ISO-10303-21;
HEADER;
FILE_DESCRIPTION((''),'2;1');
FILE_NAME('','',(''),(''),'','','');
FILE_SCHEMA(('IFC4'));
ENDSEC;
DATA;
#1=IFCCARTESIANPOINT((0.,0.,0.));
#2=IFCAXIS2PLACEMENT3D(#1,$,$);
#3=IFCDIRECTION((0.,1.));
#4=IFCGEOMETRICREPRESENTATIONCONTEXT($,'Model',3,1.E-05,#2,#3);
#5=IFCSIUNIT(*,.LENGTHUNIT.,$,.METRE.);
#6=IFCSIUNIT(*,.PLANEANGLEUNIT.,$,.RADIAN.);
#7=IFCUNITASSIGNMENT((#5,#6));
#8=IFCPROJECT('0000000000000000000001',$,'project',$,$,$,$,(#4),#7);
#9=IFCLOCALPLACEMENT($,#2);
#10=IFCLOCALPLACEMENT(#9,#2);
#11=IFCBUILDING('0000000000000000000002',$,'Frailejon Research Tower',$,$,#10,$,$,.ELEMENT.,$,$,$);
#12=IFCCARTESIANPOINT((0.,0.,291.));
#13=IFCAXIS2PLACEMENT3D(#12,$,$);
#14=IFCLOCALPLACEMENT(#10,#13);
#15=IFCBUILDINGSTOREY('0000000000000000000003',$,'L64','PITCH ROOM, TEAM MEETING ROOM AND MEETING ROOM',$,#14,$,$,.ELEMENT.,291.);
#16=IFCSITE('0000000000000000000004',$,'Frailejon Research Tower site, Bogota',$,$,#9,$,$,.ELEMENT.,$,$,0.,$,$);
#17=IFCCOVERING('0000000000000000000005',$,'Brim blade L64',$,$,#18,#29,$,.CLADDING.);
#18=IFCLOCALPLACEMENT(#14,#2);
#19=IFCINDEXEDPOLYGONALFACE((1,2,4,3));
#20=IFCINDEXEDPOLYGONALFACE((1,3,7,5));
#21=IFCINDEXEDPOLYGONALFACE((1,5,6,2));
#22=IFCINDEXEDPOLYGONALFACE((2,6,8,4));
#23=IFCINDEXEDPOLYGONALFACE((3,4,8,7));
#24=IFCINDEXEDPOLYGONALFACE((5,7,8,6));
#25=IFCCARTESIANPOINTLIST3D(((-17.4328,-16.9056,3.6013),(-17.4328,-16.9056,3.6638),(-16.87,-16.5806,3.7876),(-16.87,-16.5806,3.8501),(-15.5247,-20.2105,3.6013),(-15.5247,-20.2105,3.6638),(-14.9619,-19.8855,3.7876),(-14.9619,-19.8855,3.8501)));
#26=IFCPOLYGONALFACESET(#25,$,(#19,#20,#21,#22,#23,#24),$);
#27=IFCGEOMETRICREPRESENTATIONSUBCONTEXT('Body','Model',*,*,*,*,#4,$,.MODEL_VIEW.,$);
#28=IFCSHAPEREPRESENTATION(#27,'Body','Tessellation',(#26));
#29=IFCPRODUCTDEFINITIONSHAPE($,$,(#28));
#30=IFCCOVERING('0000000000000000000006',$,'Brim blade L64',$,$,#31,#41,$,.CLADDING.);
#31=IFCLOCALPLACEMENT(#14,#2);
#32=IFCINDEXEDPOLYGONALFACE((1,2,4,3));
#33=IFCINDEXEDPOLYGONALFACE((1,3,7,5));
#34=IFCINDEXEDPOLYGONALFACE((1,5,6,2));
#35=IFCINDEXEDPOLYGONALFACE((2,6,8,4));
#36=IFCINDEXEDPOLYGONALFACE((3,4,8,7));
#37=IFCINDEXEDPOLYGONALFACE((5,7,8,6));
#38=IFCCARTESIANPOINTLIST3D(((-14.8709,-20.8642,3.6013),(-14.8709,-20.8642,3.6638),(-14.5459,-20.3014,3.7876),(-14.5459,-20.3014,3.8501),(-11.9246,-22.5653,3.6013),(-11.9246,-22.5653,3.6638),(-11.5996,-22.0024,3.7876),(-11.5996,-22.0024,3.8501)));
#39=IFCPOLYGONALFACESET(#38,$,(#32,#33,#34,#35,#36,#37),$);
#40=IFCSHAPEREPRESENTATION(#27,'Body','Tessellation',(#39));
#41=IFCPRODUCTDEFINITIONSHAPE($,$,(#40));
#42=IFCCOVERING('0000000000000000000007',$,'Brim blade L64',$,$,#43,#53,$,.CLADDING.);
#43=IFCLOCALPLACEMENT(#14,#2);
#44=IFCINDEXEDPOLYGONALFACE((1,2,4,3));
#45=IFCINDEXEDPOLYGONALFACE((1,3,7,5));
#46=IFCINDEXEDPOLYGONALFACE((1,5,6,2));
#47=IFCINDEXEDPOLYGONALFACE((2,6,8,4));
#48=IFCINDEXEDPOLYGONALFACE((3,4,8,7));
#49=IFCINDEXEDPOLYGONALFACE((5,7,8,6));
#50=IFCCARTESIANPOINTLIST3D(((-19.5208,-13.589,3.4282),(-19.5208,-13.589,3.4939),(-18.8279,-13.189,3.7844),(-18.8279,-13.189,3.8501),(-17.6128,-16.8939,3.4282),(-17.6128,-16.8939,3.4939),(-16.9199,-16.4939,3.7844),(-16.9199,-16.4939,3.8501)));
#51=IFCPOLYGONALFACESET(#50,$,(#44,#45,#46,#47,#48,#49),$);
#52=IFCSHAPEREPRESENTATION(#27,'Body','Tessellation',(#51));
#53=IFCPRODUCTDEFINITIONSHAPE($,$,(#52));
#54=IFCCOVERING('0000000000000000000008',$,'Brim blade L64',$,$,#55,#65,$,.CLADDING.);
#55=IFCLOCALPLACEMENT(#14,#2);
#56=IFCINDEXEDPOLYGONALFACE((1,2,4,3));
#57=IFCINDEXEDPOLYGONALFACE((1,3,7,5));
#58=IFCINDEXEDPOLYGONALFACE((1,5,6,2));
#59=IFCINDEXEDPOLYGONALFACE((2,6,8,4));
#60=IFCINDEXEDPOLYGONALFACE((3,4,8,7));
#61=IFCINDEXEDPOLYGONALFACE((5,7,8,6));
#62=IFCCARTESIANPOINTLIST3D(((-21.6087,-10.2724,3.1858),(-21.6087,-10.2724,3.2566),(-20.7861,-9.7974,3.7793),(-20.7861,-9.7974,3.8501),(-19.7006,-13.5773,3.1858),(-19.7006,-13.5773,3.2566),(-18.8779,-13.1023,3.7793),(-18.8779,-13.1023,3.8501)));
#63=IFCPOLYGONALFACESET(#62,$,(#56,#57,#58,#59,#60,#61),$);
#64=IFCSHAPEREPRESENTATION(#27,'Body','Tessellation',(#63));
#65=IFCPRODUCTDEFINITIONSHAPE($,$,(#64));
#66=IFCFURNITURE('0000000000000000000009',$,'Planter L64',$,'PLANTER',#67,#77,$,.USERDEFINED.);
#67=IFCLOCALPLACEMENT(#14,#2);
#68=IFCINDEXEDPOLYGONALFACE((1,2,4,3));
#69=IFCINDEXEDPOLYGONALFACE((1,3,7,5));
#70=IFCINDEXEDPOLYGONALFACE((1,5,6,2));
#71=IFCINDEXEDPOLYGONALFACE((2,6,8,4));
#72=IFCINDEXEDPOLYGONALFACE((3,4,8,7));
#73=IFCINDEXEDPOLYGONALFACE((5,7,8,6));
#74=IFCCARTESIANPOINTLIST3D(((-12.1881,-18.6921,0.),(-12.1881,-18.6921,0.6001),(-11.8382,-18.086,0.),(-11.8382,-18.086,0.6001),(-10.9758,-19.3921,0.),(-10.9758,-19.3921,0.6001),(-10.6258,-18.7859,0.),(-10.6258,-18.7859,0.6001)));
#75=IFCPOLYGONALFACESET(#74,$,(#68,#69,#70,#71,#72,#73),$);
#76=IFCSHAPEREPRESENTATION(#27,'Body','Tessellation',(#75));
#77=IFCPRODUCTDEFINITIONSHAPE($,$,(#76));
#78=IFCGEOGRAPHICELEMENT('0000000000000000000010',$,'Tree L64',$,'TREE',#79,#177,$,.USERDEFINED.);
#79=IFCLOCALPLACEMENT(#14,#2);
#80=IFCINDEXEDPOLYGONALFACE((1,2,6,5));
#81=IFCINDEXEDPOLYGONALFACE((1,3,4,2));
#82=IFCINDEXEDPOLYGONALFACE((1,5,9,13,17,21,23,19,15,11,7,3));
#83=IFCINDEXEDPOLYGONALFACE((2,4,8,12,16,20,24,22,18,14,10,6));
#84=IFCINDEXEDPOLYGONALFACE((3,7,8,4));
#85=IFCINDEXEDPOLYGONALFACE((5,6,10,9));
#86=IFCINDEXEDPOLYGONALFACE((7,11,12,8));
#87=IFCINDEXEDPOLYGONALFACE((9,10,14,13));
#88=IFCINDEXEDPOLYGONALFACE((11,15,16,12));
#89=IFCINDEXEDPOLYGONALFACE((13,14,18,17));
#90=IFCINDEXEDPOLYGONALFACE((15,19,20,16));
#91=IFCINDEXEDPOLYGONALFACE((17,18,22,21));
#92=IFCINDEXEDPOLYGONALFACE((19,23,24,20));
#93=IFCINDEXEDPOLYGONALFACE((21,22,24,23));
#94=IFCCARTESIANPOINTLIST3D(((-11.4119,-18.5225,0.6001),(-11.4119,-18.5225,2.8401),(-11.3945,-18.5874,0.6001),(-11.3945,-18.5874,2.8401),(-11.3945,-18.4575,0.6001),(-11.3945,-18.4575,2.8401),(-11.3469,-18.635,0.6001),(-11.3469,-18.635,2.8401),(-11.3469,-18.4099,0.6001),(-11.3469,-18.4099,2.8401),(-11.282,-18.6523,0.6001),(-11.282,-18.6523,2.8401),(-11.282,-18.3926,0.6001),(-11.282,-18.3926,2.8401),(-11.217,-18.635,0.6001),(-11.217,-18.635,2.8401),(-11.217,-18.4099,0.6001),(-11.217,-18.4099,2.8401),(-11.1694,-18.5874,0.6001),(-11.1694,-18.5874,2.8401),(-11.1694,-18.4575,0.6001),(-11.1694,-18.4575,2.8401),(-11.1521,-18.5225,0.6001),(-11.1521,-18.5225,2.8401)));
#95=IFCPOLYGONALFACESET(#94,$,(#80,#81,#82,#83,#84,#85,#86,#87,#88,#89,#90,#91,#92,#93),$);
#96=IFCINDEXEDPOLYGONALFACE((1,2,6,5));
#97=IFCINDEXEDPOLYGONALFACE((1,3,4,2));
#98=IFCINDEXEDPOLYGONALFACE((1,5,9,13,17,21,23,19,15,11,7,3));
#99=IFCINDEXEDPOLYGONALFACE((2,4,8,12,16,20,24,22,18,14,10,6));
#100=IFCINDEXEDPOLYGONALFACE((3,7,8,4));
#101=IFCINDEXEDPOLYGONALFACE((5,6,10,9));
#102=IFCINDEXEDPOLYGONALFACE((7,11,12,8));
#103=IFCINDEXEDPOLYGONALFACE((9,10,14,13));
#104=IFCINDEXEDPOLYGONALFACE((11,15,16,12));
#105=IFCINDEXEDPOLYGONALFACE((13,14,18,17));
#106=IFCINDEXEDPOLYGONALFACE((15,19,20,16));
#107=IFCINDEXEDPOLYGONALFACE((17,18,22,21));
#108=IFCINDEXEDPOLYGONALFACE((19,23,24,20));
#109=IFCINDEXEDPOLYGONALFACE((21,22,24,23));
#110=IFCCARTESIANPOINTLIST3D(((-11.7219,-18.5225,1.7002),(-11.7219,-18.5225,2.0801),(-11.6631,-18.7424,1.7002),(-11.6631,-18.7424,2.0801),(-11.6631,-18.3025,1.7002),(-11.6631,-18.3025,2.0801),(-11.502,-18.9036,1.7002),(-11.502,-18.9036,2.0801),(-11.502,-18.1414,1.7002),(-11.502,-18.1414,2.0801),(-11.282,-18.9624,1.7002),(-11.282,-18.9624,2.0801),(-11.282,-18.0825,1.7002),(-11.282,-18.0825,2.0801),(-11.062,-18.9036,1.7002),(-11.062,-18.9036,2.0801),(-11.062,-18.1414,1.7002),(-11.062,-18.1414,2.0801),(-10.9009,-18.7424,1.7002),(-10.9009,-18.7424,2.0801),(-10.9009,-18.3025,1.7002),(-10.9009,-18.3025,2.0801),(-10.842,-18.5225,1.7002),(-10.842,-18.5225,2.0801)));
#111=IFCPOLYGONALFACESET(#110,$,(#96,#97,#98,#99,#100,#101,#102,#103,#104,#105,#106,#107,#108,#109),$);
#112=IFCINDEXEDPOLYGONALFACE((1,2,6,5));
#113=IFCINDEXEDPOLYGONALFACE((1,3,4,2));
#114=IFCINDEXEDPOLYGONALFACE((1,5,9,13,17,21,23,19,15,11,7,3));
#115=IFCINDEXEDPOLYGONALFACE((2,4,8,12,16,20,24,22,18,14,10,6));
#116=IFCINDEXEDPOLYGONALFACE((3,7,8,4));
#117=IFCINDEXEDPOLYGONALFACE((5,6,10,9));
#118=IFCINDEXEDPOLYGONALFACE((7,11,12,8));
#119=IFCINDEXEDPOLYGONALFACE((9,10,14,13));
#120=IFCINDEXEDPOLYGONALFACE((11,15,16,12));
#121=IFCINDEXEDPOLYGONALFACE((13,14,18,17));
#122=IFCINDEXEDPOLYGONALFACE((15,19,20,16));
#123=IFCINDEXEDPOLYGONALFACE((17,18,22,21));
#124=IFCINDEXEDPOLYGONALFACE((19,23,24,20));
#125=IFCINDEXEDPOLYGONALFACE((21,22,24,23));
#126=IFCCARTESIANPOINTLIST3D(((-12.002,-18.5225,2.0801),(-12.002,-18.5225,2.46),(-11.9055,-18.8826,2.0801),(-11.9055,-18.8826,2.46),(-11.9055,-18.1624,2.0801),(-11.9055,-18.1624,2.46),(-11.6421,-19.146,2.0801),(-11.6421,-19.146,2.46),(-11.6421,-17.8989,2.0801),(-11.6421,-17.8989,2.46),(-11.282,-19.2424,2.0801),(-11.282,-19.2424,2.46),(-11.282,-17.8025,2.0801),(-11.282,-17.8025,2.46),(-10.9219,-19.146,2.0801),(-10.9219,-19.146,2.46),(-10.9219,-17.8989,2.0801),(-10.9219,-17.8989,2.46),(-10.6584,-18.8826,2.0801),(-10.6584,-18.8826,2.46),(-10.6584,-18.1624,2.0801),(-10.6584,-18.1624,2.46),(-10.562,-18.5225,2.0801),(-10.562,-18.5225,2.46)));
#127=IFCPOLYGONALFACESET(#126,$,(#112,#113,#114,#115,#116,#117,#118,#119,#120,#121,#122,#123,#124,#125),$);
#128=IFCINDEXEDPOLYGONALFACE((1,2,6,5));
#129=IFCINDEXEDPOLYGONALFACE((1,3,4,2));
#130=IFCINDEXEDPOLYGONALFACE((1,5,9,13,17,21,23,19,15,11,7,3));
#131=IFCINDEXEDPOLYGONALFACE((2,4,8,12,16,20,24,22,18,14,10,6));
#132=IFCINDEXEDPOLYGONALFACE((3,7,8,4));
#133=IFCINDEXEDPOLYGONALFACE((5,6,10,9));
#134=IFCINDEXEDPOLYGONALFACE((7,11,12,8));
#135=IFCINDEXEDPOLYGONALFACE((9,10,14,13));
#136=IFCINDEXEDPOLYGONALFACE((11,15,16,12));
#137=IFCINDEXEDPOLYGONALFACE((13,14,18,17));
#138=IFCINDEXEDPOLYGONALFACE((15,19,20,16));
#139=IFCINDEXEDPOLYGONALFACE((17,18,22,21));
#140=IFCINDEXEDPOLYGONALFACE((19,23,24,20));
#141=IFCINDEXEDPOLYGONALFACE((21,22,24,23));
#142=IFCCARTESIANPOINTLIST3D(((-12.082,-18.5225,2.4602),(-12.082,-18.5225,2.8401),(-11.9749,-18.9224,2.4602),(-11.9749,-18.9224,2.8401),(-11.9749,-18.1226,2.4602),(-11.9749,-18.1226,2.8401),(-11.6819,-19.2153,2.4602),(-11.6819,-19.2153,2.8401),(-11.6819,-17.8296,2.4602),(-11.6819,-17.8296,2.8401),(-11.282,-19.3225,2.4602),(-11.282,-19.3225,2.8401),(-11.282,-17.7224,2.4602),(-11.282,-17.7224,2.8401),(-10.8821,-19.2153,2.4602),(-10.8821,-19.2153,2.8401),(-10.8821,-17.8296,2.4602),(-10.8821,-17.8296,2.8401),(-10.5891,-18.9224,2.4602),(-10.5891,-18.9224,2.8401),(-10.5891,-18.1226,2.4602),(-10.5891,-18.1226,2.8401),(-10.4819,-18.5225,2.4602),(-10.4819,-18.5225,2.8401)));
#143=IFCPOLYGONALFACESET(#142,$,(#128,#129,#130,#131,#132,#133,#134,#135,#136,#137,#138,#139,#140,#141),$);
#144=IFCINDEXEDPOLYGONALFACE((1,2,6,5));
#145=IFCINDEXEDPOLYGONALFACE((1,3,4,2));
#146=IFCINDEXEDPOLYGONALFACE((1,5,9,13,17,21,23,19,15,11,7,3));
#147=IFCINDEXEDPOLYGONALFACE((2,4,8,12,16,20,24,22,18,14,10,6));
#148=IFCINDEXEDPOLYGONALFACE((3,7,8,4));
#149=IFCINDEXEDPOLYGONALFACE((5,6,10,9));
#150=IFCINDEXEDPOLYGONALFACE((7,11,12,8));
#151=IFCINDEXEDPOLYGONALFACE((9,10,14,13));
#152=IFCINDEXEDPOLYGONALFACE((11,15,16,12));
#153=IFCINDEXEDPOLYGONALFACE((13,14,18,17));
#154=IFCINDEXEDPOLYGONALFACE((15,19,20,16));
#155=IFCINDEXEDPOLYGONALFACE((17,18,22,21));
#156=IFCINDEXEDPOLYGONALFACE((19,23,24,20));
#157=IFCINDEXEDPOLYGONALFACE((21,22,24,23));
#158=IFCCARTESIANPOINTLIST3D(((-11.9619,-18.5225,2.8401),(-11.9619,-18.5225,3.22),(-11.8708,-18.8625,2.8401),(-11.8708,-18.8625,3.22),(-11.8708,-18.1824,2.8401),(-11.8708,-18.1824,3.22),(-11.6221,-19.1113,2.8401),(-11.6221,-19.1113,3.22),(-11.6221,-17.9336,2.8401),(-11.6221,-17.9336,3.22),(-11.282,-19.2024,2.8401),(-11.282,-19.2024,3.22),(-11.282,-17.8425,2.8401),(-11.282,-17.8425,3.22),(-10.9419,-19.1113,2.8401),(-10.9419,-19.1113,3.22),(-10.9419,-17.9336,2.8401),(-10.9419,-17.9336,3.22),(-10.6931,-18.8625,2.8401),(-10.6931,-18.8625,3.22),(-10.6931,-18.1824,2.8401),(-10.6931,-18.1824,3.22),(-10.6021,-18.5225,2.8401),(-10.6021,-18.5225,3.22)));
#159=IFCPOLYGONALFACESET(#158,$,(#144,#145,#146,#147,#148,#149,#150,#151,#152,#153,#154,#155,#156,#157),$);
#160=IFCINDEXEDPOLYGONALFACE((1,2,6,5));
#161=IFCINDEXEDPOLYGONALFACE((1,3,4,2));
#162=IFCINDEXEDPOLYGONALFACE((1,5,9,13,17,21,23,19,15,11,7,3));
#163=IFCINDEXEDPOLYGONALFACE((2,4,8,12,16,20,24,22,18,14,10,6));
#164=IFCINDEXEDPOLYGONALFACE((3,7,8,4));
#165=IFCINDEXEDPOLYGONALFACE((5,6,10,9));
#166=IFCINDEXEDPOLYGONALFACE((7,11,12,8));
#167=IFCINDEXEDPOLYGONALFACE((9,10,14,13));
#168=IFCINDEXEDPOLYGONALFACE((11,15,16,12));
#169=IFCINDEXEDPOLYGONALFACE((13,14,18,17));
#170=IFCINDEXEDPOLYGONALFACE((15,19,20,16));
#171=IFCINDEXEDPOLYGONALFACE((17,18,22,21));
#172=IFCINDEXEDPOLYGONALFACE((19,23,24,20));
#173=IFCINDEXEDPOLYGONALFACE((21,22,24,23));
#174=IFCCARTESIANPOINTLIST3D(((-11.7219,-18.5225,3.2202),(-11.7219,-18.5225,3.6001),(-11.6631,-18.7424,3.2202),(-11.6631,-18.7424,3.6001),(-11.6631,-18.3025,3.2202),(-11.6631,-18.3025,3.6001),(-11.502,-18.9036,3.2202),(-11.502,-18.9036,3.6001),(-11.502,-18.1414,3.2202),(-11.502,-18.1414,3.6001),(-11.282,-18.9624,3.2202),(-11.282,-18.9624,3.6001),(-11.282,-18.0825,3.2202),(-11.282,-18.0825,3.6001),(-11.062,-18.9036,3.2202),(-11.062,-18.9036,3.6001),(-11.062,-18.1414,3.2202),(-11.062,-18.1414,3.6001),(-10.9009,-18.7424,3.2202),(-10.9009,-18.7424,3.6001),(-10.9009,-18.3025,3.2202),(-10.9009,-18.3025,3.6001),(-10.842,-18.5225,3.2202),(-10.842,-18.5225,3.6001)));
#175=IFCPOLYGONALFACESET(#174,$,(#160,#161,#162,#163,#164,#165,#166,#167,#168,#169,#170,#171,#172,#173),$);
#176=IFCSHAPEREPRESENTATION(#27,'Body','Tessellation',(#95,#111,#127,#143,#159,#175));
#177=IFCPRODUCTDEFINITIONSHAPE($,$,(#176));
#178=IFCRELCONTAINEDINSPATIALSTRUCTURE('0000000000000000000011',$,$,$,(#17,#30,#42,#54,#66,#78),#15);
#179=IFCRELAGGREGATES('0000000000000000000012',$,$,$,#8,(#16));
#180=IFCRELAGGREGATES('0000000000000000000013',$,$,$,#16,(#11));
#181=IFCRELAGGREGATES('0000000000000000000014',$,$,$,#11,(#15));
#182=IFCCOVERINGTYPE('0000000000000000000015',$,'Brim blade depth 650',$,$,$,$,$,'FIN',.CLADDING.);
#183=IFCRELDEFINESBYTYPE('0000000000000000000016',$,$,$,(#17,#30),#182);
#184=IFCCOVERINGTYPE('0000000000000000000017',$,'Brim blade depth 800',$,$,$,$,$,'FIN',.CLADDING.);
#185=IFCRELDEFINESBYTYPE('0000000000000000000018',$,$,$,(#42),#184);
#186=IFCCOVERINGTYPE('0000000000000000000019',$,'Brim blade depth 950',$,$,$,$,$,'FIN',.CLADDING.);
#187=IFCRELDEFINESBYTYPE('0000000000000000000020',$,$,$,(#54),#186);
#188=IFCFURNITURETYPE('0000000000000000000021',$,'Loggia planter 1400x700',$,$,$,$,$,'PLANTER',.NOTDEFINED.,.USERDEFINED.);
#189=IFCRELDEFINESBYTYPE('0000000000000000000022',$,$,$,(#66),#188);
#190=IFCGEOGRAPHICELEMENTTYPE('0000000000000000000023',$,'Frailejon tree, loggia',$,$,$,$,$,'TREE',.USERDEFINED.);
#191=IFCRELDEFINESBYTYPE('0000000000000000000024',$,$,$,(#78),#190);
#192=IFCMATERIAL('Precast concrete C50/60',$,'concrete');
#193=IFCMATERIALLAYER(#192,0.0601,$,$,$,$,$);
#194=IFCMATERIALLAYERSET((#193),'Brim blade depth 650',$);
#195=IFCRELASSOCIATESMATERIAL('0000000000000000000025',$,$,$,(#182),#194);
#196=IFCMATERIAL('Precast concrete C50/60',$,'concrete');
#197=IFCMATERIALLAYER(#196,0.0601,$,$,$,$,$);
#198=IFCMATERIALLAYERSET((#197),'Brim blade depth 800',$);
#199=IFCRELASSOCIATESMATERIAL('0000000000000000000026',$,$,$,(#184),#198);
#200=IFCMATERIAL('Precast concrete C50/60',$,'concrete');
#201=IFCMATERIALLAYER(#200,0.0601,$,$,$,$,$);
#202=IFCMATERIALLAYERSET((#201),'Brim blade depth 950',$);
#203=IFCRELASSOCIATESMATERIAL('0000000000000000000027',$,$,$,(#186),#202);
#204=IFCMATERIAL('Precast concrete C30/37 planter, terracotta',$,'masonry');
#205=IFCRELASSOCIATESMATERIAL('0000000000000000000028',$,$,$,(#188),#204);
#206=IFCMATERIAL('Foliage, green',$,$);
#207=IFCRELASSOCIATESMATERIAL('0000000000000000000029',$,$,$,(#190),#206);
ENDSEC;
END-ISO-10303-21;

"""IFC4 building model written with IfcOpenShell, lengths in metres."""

from ifc_helpers import new_model, si_unit, direction, frame, origin, origin_2d, place, context, subcontext, project, spatial, polyline, rectangle, outline, extrude, material, layer, layer_set, type_object, element, save


model = new_model("IFC4")

# Units and contexts
model_context = context("Model", 3, precision=1e-05, world=origin(), true_north=direction((0.0, 1.0)))
body_context = subcontext(model_context, "Body", "Model", "MODEL_VIEW")
ifc_project = project(units=[si_unit("LENGTHUNIT", "METRE"), si_unit("PLANEANGLEUNIT", "RADIAN")], contexts=[model_context])

# Site, building, storey
site_placement = place(None, origin())
site = spatial("IfcSite", under=ifc_project, at=site_placement, Name="Frailejon Research Tower site, Bogota", CompositionType="ELEMENT", RefElevation=0.0)
building_placement = place(site_placement, origin())
building = spatial("IfcBuilding", under=site, at=building_placement, Name="Frailejon Research Tower", CompositionType="ELEMENT")
storey_placement = place(building_placement, frame((0.0, 0.0, 291.0)))
storey = spatial("IfcBuildingStorey", under=building, at=storey_placement, Name="L64", Description="PITCH ROOM, TEAM MEETING ROOM AND MEETING ROOM", CompositionType="ELEMENT", Elevation=291.0)

# Coverings
ifc_material_1 = material(Name="Precast concrete C50/60", Category="concrete")
ifc_layer_1 = layer(ifc_material_1, 0.0601)
ifc_layer_set_1 = layer_set([ifc_layer_1], Name="Brim blade depth 650")
covering_type_1 = type_object("IfcCoveringType", Name="Brim blade depth 650", ElementType="FIN", PredefinedType="CLADDING", material=ifc_layer_set_1)
covering_1_placement = place(storey_placement, frame((-14.9619, -19.8855, 3.8501), z_axis=(-0.500003, 0.866024, 0.0), x_axis=(-0.866024, -0.500003, 0.0)))
element("IfcCovering", 1, at=covering_1_placement, inside=storey, type_object=covering_type_1, Name="Brim blade L64", PredefinedType="CLADDING", context=body_context, shape_type="SweptSolid", body=[
    extrude(outline(polyline([(0.0, -0.0625), (0.6499, -0.2488), (0.6499, -0.1863), (0.0, 0.0), (0.0, -0.0625)])), origin(), (0.0, 0.0, 1.0), 3.8162),
])
covering_2_placement = place(storey_placement, frame((-11.5996, -22.0024, 3.8501), z_axis=(-0.866024, 0.500003, 0.0), x_axis=(-0.500003, -0.866024, 0.0)))
element("IfcCovering", 2, at=covering_2_placement, inside=storey, type_object=covering_type_1, Name="Brim blade L64", PredefinedType="CLADDING", context=body_context, shape_type="SweptSolid", body=[
    extrude(outline(polyline([(0.0, -0.0625), (0.6499, -0.2488), (0.6499, -0.1863), (0.0, 0.0), (0.0, -0.0625)])), origin(), (0.0, 0.0, 1.0), 3.4021),
])
ifc_material_2 = material(Name="Precast concrete C50/60", Category="concrete")
ifc_layer_2 = layer(ifc_material_2, 0.0601)
ifc_layer_set_2 = layer_set([ifc_layer_2], Name="Brim blade depth 800")
covering_type_2 = type_object("IfcCoveringType", Name="Brim blade depth 800", ElementType="FIN", PredefinedType="CLADDING", material=ifc_layer_set_2)
covering_3_placement = place(storey_placement, frame((-16.9199, -16.4939, 3.8501), z_axis=(-0.499984, 0.866035, 0.0), x_axis=(-0.866035, -0.499984, 0.0)))
element("IfcCovering", 3, at=covering_3_placement, inside=storey, type_object=covering_type_2, Name="Brim blade L64", PredefinedType="CLADDING", context=body_context, shape_type="SweptSolid", body=[
    extrude(outline(polyline([(0.0, -0.0657), (0.8, -0.4219), (0.8, -0.3562), (0.0, 0.0), (0.0, -0.0657)])), origin(), (0.0, 0.0, 1.0), 3.8162),
])
ifc_material_3 = material(Name="Precast concrete C50/60", Category="concrete")
ifc_layer_3 = layer(ifc_material_3, 0.0601)
ifc_layer_set_3 = layer_set([ifc_layer_3], Name="Brim blade depth 950")
covering_type_3 = type_object("IfcCoveringType", Name="Brim blade depth 950", ElementType="FIN", PredefinedType="CLADDING", material=ifc_layer_set_3)
covering_4_placement = place(storey_placement, frame((-18.8779, -13.1023, 3.8501), z_axis=(-0.500014, 0.866017, 0.0), x_axis=(-0.866017, -0.500014, 0.0)))
element("IfcCovering", 4, at=covering_4_placement, inside=storey, type_object=covering_type_3, Name="Brim blade L64", PredefinedType="CLADDING", context=body_context, shape_type="SweptSolid", body=[
    extrude(outline(polyline([(0.0, -0.0708), (0.95, -0.6643), (0.95, -0.5935), (0.0, 0.0), (0.0, -0.0708)])), origin(), (0.0, 0.0, 1.0), 3.8162),
])

# Furniture
ifc_material_4 = material(Name="Precast concrete C30/37 planter, terracotta", Category="masonry")
furniture_type = type_object("IfcFurnitureType", Name="Loggia planter 1400x700", ElementType="PLANTER", AssemblyPlace="NOTDEFINED", PredefinedType="USERDEFINED", material=ifc_material_4)
furniture_placement = place(storey_placement, frame((-11.407, -18.739, 0.0), z_axis=(0.0, 0.0, 1.0), x_axis=(0.866025, -0.5, 0.0)))
element("IfcFurniture", 5, at=furniture_placement, inside=storey, type_object=furniture_type, Name="Planter L64", ObjectType="PLANTER", PredefinedType="USERDEFINED", context=body_context, shape_type="SweptSolid", body=[
    extrude(rectangle(XDim=1.3999, YDim=0.7, at=origin_2d()), origin(), (0.0, 0.0, 1.0), 0.6001),
])

# Geographic element
ifc_material_5 = material(Name="Foliage, green")
geographic_element_type = type_object("IfcGeographicElementType", Name="Frailejon tree, loggia", ElementType="TREE", PredefinedType="USERDEFINED", material=ifc_material_5)
geographic_element_placement = place(storey_placement, frame((-11.282, -18.5225, 0.6001)))
element("IfcGeographicElement", 6, at=geographic_element_placement, inside=storey, type_object=geographic_element_type, Name="Tree L64", ObjectType="TREE", PredefinedType="USERDEFINED", context=body_context, shape_type="SweptSolid", body=[
    extrude(outline(polyline([(0.1299, 0.0), (0.1125, 0.0649), (0.0649, 0.1125), (0.0, 0.1299), (-0.0649, 0.1125), (-0.1125, 0.0649), (-0.1299, 0.0), (-0.1125, -0.0649), (-0.0649, -0.1125), (0.0, -0.1299), (0.0649, -0.1125), (0.1125, -0.0649), (0.1299, 0.0)])), origin(), (0.0, 0.0, 1.0), 2.24),
    extrude(outline(polyline([(0.4399, 0.0), (0.3811, 0.22), (0.22, 0.3811), (0.0, 0.4399), (-0.22, 0.3811), (-0.3811, 0.22), (-0.4399, 0.0), (-0.3811, -0.22), (-0.22, -0.3811), (0.0, -0.4399), (0.22, -0.3811), (0.3811, -0.22), (0.4399, 0.0)])), frame((0.0, 0.0, 1.1001)), (0.0, 0.0, 1.0), 0.3799),
    extrude(outline(polyline([(0.72, 0.0), (0.6235, 0.3601), (0.3601, 0.6235), (0.0, 0.72), (-0.3601, 0.6235), (-0.6235, 0.3601), (-0.72, 0.0), (-0.6235, -0.3601), (-0.3601, -0.6235), (0.0, -0.72), (0.3601, -0.6235), (0.6235, -0.3601), (0.72, 0.0)])), frame((0.0, 0.0, 1.48)), (0.0, 0.0, 1.0), 0.3799),
    extrude(outline(polyline([(0.8, 0.0), (0.6929, 0.3999), (0.3999, 0.6929), (0.0, 0.8), (-0.3999, 0.6929), (-0.6929, 0.3999), (-0.8, 0.0), (-0.6929, -0.3999), (-0.3999, -0.6929), (0.0, -0.8), (0.3999, -0.6929), (0.6929, -0.3999), (0.8, 0.0)])), frame((0.0, 0.0, 1.8601)), (0.0, 0.0, 1.0), 0.3799),
    extrude(outline(polyline([(0.6799, 0.0), (0.5889, 0.3401), (0.3401, 0.5889), (0.0, 0.6799), (-0.3401, 0.5889), (-0.5889, 0.3401), (-0.6799, 0.0), (-0.5889, -0.3401), (-0.3401, -0.5889), (0.0, -0.6799), (0.3401, -0.5889), (0.5889, -0.3401), (0.6799, 0.0)])), frame((0.0, 0.0, 2.24)), (0.0, 0.0, 1.0), 0.3799),
    extrude(outline(polyline([(0.4399, 0.0), (0.3811, 0.22), (0.22, 0.3811), (0.0, 0.4399), (-0.22, 0.3811), (-0.3811, 0.22), (-0.4399, 0.0), (-0.3811, -0.22), (-0.22, -0.3811), (0.0, -0.4399), (0.22, -0.3811), (0.3811, -0.22), (0.4399, 0.0)])), frame((0.0, 0.0, 2.6201)), (0.0, 0.0, 1.0), 0.3799),
])

save(model, "model.ifc")
